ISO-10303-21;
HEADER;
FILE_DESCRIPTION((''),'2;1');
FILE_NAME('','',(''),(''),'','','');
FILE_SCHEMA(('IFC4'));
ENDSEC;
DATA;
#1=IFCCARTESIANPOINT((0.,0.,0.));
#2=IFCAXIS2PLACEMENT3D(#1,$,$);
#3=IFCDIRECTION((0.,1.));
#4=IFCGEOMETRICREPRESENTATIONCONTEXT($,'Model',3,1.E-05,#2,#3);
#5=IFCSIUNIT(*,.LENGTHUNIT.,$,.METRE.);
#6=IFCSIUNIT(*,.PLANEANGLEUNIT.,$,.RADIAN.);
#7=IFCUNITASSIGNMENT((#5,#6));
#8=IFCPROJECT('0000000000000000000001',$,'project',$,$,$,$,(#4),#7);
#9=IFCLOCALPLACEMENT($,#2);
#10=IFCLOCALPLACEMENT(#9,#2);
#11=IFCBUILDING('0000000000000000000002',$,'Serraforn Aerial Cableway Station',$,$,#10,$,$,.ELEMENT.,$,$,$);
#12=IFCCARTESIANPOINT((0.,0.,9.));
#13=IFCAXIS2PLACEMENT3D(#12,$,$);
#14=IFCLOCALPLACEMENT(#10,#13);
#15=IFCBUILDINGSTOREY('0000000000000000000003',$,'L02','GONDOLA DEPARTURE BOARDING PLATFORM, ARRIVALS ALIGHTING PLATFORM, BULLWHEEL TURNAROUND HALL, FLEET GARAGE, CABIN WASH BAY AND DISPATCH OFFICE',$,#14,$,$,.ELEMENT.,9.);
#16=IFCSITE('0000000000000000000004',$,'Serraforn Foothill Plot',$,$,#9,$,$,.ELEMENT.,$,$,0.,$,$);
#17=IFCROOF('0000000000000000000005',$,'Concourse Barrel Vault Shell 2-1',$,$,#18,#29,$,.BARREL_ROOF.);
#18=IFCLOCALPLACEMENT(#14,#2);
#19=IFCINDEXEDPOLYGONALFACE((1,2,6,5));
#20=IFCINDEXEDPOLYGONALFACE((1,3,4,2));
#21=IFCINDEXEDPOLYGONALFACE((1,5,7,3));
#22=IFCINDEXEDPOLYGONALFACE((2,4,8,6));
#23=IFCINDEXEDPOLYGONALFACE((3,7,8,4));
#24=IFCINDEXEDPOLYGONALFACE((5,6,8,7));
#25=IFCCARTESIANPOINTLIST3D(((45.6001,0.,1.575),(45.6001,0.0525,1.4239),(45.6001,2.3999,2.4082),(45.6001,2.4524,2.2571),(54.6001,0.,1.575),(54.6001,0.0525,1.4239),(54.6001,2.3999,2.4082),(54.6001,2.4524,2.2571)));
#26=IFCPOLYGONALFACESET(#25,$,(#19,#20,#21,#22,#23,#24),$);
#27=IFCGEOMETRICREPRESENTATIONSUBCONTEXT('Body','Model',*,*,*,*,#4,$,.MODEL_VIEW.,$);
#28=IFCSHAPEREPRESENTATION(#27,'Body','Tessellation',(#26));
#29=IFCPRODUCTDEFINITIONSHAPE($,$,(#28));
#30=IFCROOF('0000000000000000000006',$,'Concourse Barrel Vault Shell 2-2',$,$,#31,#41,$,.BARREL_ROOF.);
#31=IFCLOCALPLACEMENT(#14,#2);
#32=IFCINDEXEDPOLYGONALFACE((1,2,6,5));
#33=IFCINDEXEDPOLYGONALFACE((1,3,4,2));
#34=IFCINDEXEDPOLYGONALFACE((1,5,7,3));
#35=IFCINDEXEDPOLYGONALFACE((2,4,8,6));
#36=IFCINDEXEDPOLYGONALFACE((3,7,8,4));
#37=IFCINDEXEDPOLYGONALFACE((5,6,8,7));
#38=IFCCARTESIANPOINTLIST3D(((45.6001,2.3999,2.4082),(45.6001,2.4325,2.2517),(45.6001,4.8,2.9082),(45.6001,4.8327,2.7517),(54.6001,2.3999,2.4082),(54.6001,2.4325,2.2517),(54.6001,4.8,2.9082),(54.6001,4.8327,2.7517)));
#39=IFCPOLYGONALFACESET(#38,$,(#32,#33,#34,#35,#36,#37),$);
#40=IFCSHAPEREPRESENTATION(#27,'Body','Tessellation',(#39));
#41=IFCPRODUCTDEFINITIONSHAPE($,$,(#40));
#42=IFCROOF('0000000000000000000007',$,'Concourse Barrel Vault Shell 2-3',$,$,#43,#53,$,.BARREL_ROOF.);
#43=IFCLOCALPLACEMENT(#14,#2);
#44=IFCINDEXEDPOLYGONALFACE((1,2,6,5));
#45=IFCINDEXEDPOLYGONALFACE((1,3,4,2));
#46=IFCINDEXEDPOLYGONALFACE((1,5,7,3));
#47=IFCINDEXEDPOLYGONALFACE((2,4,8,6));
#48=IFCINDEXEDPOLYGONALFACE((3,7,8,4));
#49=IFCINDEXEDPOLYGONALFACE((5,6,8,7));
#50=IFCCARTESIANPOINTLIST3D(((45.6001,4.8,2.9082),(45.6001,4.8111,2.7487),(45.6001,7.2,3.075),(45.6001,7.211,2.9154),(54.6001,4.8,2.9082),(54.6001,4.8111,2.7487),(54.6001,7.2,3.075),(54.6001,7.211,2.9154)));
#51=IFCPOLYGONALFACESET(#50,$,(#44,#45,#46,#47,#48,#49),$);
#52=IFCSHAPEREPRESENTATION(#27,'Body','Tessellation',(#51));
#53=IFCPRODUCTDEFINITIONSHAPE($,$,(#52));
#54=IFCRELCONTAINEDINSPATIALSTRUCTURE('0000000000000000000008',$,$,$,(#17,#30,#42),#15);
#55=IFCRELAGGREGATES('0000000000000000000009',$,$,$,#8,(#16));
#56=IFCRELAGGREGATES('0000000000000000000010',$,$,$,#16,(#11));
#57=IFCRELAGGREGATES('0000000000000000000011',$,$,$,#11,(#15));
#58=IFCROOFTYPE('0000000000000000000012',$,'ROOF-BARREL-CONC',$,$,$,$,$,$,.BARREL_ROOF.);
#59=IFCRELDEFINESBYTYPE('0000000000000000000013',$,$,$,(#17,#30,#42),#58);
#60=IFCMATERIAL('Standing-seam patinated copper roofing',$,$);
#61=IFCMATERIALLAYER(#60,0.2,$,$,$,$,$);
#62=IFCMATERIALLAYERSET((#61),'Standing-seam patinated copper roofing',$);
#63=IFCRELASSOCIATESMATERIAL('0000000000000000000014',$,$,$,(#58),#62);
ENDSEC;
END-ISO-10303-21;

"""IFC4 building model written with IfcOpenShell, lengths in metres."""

from ifc_helpers import new_model, si_unit, direction, frame, origin, place, context, subcontext, project, spatial, polyline, outline, extrude, material, layer, layer_set, type_object, element, save


model = new_model("IFC4")

# Units and contexts
model_context = context("Model", 3, precision=1e-05, world=origin(), true_north=direction((0.0, 1.0)))
body_context = subcontext(model_context, "Body", "Model", "MODEL_VIEW")
ifc_project = project(units=[si_unit("LENGTHUNIT", "METRE"), si_unit("PLANEANGLEUNIT", "RADIAN")], contexts=[model_context])

# Site, building, storey
site_placement = place(None, origin())
site = spatial("IfcSite", under=ifc_project, at=site_placement, Name="Serraforn Foothill Plot", CompositionType="ELEMENT", RefElevation=0.0)
building_placement = place(site_placement, origin())
building = spatial("IfcBuilding", under=site, at=building_placement, Name="Serraforn Aerial Cableway Station", CompositionType="ELEMENT")
storey_placement = place(building_placement, frame((0.0, 0.0, 9.0)))
storey = spatial("IfcBuildingStorey", under=building, at=storey_placement, Name="L02", Description="GONDOLA DEPARTURE BOARDING PLATFORM, ARRIVALS ALIGHTING PLATFORM, BULLWHEEL TURNAROUND HALL, FLEET GARAGE, CABIN WASH BAY AND DISPATCH OFFICE", CompositionType="ELEMENT", Elevation=9.0)

# Roofs
ifc_material_1 = material(Name="Standing-seam patinated copper roofing")
ifc_layer_1 = layer(ifc_material_1, 0.2)
ifc_layer_set_1 = layer_set([ifc_layer_1], Name="Standing-seam patinated copper roofing")
roof_type = type_object("IfcRoofType", Name="ROOF-BARREL-CONC", PredefinedType="BARREL_ROOF", material=ifc_layer_set_1)
roof_1_placement = place(storey_placement, frame((45.6001, 0.0, 1.575), z_axis=(0.0, -0.327995, 0.944679), x_axis=(1.0, 0.0, 0.0)))
element("IfcRoof", 1, at=roof_1_placement, inside=storey, type_object=roof_type, Name="Concourse Barrel Vault Shell 2-1", PredefinedType="BARREL_ROOF", context=body_context, shape_type="SweptSolid", body=[
    extrude(outline(polyline([(0.0, 0.0), (9.0, 0.0), (9.0, 2.5404), (0.0, 2.5404), (0.0, 0.0)])), origin(), (0.0, 0.0, -1.0), 0.1599),
])
roof_2_placement = place(storey_placement, frame((45.6001, 2.3999, 2.4082), z_axis=(0.0, -0.203942, 0.978983), x_axis=(1.0, 0.0, 0.0)))
element("IfcRoof", 2, at=roof_2_placement, inside=storey, type_object=roof_type, Name="Concourse Barrel Vault Shell 2-2", PredefinedType="BARREL_ROOF", context=body_context, shape_type="SweptSolid", body=[
    extrude(outline(polyline([(0.0, 0.0), (9.0, 0.0), (9.0, 2.4517), (0.0, 2.4517), (0.0, 0.0)])), origin(), (0.0, 0.0, -1.0), 0.1599),
])
roof_3_placement = place(storey_placement, frame((45.6001, 4.8, 2.9082), z_axis=(0.0, -0.069314, 0.997595), x_axis=(1.0, 0.0, 0.0)))
element("IfcRoof", 3, at=roof_3_placement, inside=storey, type_object=roof_type, Name="Concourse Barrel Vault Shell 2-3", PredefinedType="BARREL_ROOF", context=body_context, shape_type="SweptSolid", body=[
    extrude(outline(polyline([(0.0, 0.0), (9.0, 0.0), (9.0, 2.4057), (0.0, 2.4057), (0.0, 0.0)])), origin(), (0.0, 0.0, -1.0), 0.1599),
])

save(model, "model.ifc")
